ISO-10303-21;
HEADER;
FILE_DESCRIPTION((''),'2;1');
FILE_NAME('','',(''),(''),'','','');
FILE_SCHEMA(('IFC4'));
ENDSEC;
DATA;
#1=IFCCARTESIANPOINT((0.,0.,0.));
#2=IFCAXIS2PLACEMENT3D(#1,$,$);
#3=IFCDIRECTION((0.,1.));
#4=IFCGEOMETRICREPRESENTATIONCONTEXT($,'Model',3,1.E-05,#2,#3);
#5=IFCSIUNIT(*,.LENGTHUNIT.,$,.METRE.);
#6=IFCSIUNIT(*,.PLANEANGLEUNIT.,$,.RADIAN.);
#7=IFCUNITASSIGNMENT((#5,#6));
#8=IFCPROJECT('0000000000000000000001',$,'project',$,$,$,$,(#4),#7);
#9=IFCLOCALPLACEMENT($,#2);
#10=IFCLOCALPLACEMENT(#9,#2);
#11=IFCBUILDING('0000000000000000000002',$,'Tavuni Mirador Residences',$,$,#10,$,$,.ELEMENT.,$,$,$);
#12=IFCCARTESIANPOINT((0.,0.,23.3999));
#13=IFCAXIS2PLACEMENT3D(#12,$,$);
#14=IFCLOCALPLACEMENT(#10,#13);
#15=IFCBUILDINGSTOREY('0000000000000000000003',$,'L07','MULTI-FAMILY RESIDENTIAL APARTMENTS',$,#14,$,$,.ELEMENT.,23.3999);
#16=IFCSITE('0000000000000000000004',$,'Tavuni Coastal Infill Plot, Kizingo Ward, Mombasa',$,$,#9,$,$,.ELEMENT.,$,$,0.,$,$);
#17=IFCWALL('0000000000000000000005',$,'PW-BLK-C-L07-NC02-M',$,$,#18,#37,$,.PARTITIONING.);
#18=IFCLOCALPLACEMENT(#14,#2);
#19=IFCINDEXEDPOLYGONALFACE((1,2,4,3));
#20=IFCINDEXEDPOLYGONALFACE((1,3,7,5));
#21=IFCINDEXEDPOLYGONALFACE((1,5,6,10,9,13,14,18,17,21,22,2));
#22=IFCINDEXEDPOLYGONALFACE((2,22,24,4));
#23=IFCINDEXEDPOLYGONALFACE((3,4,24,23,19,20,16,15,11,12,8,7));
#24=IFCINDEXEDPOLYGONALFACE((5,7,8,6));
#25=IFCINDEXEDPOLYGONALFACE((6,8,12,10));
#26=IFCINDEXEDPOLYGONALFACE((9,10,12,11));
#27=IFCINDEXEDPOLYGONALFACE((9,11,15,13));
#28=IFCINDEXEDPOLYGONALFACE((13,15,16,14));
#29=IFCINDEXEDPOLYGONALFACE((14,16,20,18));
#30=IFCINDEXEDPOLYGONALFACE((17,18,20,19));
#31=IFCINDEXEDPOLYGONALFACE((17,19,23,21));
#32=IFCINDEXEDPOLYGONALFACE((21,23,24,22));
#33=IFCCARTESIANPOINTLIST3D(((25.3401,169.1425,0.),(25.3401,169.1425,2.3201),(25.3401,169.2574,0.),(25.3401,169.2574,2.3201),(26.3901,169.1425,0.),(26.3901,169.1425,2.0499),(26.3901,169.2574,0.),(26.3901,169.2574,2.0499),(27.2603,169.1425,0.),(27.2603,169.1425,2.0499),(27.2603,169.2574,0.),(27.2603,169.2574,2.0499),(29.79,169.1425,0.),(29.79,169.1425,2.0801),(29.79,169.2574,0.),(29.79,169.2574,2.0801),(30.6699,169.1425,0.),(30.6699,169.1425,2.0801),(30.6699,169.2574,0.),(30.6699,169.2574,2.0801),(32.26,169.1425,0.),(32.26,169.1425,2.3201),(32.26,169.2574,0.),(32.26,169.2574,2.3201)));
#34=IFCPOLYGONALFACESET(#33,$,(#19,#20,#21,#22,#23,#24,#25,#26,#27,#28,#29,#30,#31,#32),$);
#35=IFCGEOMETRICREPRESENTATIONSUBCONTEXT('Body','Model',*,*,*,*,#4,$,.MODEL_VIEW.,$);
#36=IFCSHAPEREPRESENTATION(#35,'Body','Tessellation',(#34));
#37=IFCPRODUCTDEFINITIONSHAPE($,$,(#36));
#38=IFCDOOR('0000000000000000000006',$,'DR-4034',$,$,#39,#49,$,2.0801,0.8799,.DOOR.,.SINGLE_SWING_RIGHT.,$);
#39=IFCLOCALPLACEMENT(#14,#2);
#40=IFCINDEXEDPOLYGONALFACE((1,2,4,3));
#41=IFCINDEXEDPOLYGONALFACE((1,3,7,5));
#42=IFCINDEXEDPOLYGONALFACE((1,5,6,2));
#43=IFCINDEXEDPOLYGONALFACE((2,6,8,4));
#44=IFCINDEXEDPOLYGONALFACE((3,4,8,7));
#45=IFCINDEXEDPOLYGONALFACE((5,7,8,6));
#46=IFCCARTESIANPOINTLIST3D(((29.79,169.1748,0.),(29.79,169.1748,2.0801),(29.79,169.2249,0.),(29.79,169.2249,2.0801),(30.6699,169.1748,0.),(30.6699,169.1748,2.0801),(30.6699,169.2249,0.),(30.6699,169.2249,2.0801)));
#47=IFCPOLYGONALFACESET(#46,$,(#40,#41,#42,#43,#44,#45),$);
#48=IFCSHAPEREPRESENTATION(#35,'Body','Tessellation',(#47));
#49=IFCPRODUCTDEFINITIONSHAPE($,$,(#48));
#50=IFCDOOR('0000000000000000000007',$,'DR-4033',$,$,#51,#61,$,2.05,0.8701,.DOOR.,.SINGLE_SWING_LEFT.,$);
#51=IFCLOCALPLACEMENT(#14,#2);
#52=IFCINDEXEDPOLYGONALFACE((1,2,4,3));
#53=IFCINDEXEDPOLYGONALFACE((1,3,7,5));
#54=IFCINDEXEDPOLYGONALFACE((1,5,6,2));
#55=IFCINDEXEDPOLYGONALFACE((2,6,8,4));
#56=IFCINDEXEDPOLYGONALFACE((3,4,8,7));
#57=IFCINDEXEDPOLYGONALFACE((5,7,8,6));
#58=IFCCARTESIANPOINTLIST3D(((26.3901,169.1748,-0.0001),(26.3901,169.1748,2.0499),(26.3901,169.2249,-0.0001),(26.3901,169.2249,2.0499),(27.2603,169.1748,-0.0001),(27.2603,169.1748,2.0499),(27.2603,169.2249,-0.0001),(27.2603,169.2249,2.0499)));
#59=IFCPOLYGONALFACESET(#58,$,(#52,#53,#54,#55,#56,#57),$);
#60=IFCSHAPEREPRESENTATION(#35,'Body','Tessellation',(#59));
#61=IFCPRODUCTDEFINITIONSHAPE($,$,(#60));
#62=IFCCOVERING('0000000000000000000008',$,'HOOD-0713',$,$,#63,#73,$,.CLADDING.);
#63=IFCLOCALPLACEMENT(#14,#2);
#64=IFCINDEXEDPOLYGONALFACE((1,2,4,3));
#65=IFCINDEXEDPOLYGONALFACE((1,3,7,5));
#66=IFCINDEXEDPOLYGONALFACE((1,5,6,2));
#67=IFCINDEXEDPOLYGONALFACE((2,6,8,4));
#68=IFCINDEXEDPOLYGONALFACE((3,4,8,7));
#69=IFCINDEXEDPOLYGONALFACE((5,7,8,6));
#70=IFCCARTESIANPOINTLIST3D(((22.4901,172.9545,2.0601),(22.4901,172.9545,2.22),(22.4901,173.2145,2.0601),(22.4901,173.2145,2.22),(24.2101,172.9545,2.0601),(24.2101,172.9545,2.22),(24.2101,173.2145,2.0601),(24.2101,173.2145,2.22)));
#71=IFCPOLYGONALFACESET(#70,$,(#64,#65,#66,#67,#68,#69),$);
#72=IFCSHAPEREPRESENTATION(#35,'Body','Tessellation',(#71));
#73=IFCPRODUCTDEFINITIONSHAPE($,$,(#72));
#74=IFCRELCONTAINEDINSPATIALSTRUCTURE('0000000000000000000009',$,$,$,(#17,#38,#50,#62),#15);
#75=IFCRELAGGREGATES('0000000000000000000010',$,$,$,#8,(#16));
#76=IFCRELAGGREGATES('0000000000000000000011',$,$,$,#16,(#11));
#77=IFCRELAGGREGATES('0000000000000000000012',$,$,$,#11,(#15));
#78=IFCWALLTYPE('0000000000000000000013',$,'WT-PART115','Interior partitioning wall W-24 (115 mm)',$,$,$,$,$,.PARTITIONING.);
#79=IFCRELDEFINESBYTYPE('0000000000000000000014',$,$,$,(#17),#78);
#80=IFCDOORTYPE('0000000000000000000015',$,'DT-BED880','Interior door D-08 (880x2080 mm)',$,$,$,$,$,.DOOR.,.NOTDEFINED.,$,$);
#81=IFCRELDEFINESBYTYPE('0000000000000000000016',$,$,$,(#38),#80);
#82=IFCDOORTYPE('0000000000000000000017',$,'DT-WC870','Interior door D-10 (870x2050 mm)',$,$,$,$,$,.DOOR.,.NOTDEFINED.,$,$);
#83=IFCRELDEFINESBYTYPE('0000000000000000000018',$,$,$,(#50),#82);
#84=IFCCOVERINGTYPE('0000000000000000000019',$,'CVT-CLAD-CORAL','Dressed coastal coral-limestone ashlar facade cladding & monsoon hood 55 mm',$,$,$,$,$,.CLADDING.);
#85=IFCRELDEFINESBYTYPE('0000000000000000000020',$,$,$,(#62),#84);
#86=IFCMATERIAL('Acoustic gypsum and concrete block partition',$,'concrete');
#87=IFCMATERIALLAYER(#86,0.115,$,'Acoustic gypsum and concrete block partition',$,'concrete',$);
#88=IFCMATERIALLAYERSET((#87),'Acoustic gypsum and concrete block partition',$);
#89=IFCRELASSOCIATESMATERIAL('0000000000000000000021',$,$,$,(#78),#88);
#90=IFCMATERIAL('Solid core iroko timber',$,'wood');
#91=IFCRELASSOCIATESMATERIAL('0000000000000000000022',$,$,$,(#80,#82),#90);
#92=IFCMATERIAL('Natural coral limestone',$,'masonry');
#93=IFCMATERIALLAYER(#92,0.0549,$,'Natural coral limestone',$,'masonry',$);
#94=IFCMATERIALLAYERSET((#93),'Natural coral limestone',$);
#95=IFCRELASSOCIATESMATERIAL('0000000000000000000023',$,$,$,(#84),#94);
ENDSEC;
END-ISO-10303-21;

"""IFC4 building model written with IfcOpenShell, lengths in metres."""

from ifc_helpers import new_model, si_unit, direction, frame, frame_2d, origin, origin_2d, place, context, subcontext, project, spatial, rectangle, extrude, material, layer, layer_set, type_object, element, fill, save


model = new_model("IFC4")

# Units and contexts
model_context = context("Model", 3, precision=1e-05, world=origin(), true_north=direction((0.0, 1.0)))
body_context = subcontext(model_context, "Body", "Model", "MODEL_VIEW")
ifc_project = project(units=[si_unit("LENGTHUNIT", "METRE"), si_unit("PLANEANGLEUNIT", "RADIAN")], contexts=[model_context])

# Site, building, storey
site_placement = place(None, origin())
site = spatial("IfcSite", under=ifc_project, at=site_placement, Name="Tavuni Coastal Infill Plot, Kizingo Ward, Mombasa", CompositionType="ELEMENT", RefElevation=0.0)
building_placement = place(site_placement, origin())
building = spatial("IfcBuilding", under=site, at=building_placement, Name="Tavuni Mirador Residences", CompositionType="ELEMENT")
storey_placement = place(building_placement, frame((0.0, 0.0, 23.3999)))
storey = spatial("IfcBuildingStorey", under=building, at=storey_placement, Name="L07", Description="MULTI-FAMILY RESIDENTIAL APARTMENTS", CompositionType="ELEMENT", Elevation=23.3999)

# Shared definitions
ifc_material_1 = material(Name="Acoustic gypsum and concrete block partition", Category="concrete")
ifc_layer_1 = layer(ifc_material_1, 0.115, Name="Acoustic gypsum and concrete block partition", Category="concrete")
ifc_layer_set_1 = layer_set([ifc_layer_1], Name="Acoustic gypsum and concrete block partition")
wall_type_1 = type_object("IfcWallType", Name="WT-PART115", Description="Interior partitioning wall W-24 (115 mm)", PredefinedType="PARTITIONING", material=ifc_layer_set_1)
ifc_material_2 = material(Name="Solid core iroko timber", Category="wood")

# Wall, openings, doors
wall_1_placement = place(storey_placement, frame((25.3401, 169.2, 0.0), z_axis=(0.0, 0.0, 1.0), x_axis=(1.0, 0.0, 0.0)))
wall_1 = element("IfcWall", 1, at=wall_1_placement, inside=storey, type_object=wall_type_1, Name="PW-BLK-C-L07-NC02-M", PredefinedType="PARTITIONING", context=body_context, shape_type="SweptSolid", body=[
    extrude(rectangle(XDim=6.9199, YDim=0.115, at=frame_2d((3.46, 0.0))), origin(), (0.0, 0.0, 1.0), 2.3201),
])
opening_1_placement = place(wall_1_placement, frame((1.05, 0.0, 0.0)))
opening_1 = element("IfcOpeningElement", 2, at=opening_1_placement, cuts=wall_1, PredefinedType="OPENING", context=body_context, shape_type="SweptSolid", body=[
    extrude(rectangle(XDim=0.8701, YDim=2.05, at=frame_2d((0.4351, 1.0249))), frame((0.0, 0.0674, 0.0), z_axis=(0.0, -1.0, 0.0), x_axis=(1.0, 0.0, 0.0)), (0.0, 0.0, 1.0), 0.135),
])
opening_2_placement = place(wall_1_placement, frame((4.45, 0.0, 0.0)))
opening_2 = element("IfcOpeningElement", 3, at=opening_2_placement, cuts=wall_1, PredefinedType="OPENING", context=body_context, shape_type="SweptSolid", body=[
    extrude(rectangle(XDim=0.8799, YDim=2.0801, at=frame_2d((0.4399, 1.04))), frame((0.0, 0.0674, 0.0), z_axis=(0.0, -1.0, 0.0), x_axis=(1.0, 0.0, 0.0)), (0.0, 0.0, 1.0), 0.135),
])
door_type_1 = type_object("IfcDoorType", Name="DT-BED880", Description="Interior door D-08 (880x2080 mm)", OperationType="NOTDEFINED", PredefinedType="DOOR", material=ifc_material_2)
door_1_placement = place(opening_2_placement, origin())
door_1 = element("IfcDoor", 4, at=door_1_placement, inside=storey, type_object=door_type_1, Name="DR-4034", OperationType="SINGLE_SWING_RIGHT", OverallHeight=2.0801, OverallWidth=0.8799, PredefinedType="DOOR", context=body_context, shape_type="SweptSolid", body=[
    extrude(rectangle(XDim=0.8799, YDim=2.0801, at=frame_2d((0.4399, 1.04))), frame((0.0, 0.0249, 0.0), z_axis=(0.0, -1.0, 0.0), x_axis=(1.0, 0.0, 0.0)), (0.0, 0.0, 1.0), 0.05),
])
fill(opening_2, door_1)
door_type_2 = type_object("IfcDoorType", Name="DT-WC870", Description="Interior door D-10 (870x2050 mm)", OperationType="NOTDEFINED", PredefinedType="DOOR", material=ifc_material_2)
door_2_placement = place(opening_1_placement, origin())
door_2 = element("IfcDoor", 5, at=door_2_placement, inside=storey, type_object=door_type_2, Name="DR-4033", OperationType="SINGLE_SWING_LEFT", OverallHeight=2.05, OverallWidth=0.8701, PredefinedType="DOOR", context=body_context, shape_type="SweptSolid", body=[
    extrude(rectangle(XDim=0.8701, YDim=2.05, at=frame_2d((0.4351, 1.0249))), frame((0.0, 0.0249, 0.0), z_axis=(0.0, -1.0, 0.0), x_axis=(1.0, 0.0, 0.0)), (0.0, 0.0, 1.0), 0.05),
])
fill(opening_1, door_2)

# Covering
ifc_material_3 = material(Name="Natural coral limestone", Category="masonry")
ifc_layer_2 = layer(ifc_material_3, 0.0549, Name="Natural coral limestone", Category="masonry")
ifc_layer_set_2 = layer_set([ifc_layer_2], Name="Natural coral limestone")
covering_type = type_object("IfcCoveringType", Name="CVT-CLAD-CORAL", Description="Dressed coastal coral-limestone ashlar facade cladding & monsoon hood 55 mm", PredefinedType="CLADDING", material=ifc_layer_set_2)
covering_placement = place(storey_placement, frame((23.3501, 173.0845, 2.0601), z_axis=(0.0, 0.0, 1.0), x_axis=(-1.0, 0.0, 0.0)))
element("IfcCovering", 6, at=covering_placement, inside=storey, type_object=covering_type, Name="HOOD-0713", PredefinedType="CLADDING", context=body_context, shape_type="SweptSolid", body=[
    extrude(rectangle(XDim=1.72, YDim=0.26, at=origin_2d()), origin(), (0.0, 0.0, 1.0), 0.1599),
])

save(model, "model.ifc")
